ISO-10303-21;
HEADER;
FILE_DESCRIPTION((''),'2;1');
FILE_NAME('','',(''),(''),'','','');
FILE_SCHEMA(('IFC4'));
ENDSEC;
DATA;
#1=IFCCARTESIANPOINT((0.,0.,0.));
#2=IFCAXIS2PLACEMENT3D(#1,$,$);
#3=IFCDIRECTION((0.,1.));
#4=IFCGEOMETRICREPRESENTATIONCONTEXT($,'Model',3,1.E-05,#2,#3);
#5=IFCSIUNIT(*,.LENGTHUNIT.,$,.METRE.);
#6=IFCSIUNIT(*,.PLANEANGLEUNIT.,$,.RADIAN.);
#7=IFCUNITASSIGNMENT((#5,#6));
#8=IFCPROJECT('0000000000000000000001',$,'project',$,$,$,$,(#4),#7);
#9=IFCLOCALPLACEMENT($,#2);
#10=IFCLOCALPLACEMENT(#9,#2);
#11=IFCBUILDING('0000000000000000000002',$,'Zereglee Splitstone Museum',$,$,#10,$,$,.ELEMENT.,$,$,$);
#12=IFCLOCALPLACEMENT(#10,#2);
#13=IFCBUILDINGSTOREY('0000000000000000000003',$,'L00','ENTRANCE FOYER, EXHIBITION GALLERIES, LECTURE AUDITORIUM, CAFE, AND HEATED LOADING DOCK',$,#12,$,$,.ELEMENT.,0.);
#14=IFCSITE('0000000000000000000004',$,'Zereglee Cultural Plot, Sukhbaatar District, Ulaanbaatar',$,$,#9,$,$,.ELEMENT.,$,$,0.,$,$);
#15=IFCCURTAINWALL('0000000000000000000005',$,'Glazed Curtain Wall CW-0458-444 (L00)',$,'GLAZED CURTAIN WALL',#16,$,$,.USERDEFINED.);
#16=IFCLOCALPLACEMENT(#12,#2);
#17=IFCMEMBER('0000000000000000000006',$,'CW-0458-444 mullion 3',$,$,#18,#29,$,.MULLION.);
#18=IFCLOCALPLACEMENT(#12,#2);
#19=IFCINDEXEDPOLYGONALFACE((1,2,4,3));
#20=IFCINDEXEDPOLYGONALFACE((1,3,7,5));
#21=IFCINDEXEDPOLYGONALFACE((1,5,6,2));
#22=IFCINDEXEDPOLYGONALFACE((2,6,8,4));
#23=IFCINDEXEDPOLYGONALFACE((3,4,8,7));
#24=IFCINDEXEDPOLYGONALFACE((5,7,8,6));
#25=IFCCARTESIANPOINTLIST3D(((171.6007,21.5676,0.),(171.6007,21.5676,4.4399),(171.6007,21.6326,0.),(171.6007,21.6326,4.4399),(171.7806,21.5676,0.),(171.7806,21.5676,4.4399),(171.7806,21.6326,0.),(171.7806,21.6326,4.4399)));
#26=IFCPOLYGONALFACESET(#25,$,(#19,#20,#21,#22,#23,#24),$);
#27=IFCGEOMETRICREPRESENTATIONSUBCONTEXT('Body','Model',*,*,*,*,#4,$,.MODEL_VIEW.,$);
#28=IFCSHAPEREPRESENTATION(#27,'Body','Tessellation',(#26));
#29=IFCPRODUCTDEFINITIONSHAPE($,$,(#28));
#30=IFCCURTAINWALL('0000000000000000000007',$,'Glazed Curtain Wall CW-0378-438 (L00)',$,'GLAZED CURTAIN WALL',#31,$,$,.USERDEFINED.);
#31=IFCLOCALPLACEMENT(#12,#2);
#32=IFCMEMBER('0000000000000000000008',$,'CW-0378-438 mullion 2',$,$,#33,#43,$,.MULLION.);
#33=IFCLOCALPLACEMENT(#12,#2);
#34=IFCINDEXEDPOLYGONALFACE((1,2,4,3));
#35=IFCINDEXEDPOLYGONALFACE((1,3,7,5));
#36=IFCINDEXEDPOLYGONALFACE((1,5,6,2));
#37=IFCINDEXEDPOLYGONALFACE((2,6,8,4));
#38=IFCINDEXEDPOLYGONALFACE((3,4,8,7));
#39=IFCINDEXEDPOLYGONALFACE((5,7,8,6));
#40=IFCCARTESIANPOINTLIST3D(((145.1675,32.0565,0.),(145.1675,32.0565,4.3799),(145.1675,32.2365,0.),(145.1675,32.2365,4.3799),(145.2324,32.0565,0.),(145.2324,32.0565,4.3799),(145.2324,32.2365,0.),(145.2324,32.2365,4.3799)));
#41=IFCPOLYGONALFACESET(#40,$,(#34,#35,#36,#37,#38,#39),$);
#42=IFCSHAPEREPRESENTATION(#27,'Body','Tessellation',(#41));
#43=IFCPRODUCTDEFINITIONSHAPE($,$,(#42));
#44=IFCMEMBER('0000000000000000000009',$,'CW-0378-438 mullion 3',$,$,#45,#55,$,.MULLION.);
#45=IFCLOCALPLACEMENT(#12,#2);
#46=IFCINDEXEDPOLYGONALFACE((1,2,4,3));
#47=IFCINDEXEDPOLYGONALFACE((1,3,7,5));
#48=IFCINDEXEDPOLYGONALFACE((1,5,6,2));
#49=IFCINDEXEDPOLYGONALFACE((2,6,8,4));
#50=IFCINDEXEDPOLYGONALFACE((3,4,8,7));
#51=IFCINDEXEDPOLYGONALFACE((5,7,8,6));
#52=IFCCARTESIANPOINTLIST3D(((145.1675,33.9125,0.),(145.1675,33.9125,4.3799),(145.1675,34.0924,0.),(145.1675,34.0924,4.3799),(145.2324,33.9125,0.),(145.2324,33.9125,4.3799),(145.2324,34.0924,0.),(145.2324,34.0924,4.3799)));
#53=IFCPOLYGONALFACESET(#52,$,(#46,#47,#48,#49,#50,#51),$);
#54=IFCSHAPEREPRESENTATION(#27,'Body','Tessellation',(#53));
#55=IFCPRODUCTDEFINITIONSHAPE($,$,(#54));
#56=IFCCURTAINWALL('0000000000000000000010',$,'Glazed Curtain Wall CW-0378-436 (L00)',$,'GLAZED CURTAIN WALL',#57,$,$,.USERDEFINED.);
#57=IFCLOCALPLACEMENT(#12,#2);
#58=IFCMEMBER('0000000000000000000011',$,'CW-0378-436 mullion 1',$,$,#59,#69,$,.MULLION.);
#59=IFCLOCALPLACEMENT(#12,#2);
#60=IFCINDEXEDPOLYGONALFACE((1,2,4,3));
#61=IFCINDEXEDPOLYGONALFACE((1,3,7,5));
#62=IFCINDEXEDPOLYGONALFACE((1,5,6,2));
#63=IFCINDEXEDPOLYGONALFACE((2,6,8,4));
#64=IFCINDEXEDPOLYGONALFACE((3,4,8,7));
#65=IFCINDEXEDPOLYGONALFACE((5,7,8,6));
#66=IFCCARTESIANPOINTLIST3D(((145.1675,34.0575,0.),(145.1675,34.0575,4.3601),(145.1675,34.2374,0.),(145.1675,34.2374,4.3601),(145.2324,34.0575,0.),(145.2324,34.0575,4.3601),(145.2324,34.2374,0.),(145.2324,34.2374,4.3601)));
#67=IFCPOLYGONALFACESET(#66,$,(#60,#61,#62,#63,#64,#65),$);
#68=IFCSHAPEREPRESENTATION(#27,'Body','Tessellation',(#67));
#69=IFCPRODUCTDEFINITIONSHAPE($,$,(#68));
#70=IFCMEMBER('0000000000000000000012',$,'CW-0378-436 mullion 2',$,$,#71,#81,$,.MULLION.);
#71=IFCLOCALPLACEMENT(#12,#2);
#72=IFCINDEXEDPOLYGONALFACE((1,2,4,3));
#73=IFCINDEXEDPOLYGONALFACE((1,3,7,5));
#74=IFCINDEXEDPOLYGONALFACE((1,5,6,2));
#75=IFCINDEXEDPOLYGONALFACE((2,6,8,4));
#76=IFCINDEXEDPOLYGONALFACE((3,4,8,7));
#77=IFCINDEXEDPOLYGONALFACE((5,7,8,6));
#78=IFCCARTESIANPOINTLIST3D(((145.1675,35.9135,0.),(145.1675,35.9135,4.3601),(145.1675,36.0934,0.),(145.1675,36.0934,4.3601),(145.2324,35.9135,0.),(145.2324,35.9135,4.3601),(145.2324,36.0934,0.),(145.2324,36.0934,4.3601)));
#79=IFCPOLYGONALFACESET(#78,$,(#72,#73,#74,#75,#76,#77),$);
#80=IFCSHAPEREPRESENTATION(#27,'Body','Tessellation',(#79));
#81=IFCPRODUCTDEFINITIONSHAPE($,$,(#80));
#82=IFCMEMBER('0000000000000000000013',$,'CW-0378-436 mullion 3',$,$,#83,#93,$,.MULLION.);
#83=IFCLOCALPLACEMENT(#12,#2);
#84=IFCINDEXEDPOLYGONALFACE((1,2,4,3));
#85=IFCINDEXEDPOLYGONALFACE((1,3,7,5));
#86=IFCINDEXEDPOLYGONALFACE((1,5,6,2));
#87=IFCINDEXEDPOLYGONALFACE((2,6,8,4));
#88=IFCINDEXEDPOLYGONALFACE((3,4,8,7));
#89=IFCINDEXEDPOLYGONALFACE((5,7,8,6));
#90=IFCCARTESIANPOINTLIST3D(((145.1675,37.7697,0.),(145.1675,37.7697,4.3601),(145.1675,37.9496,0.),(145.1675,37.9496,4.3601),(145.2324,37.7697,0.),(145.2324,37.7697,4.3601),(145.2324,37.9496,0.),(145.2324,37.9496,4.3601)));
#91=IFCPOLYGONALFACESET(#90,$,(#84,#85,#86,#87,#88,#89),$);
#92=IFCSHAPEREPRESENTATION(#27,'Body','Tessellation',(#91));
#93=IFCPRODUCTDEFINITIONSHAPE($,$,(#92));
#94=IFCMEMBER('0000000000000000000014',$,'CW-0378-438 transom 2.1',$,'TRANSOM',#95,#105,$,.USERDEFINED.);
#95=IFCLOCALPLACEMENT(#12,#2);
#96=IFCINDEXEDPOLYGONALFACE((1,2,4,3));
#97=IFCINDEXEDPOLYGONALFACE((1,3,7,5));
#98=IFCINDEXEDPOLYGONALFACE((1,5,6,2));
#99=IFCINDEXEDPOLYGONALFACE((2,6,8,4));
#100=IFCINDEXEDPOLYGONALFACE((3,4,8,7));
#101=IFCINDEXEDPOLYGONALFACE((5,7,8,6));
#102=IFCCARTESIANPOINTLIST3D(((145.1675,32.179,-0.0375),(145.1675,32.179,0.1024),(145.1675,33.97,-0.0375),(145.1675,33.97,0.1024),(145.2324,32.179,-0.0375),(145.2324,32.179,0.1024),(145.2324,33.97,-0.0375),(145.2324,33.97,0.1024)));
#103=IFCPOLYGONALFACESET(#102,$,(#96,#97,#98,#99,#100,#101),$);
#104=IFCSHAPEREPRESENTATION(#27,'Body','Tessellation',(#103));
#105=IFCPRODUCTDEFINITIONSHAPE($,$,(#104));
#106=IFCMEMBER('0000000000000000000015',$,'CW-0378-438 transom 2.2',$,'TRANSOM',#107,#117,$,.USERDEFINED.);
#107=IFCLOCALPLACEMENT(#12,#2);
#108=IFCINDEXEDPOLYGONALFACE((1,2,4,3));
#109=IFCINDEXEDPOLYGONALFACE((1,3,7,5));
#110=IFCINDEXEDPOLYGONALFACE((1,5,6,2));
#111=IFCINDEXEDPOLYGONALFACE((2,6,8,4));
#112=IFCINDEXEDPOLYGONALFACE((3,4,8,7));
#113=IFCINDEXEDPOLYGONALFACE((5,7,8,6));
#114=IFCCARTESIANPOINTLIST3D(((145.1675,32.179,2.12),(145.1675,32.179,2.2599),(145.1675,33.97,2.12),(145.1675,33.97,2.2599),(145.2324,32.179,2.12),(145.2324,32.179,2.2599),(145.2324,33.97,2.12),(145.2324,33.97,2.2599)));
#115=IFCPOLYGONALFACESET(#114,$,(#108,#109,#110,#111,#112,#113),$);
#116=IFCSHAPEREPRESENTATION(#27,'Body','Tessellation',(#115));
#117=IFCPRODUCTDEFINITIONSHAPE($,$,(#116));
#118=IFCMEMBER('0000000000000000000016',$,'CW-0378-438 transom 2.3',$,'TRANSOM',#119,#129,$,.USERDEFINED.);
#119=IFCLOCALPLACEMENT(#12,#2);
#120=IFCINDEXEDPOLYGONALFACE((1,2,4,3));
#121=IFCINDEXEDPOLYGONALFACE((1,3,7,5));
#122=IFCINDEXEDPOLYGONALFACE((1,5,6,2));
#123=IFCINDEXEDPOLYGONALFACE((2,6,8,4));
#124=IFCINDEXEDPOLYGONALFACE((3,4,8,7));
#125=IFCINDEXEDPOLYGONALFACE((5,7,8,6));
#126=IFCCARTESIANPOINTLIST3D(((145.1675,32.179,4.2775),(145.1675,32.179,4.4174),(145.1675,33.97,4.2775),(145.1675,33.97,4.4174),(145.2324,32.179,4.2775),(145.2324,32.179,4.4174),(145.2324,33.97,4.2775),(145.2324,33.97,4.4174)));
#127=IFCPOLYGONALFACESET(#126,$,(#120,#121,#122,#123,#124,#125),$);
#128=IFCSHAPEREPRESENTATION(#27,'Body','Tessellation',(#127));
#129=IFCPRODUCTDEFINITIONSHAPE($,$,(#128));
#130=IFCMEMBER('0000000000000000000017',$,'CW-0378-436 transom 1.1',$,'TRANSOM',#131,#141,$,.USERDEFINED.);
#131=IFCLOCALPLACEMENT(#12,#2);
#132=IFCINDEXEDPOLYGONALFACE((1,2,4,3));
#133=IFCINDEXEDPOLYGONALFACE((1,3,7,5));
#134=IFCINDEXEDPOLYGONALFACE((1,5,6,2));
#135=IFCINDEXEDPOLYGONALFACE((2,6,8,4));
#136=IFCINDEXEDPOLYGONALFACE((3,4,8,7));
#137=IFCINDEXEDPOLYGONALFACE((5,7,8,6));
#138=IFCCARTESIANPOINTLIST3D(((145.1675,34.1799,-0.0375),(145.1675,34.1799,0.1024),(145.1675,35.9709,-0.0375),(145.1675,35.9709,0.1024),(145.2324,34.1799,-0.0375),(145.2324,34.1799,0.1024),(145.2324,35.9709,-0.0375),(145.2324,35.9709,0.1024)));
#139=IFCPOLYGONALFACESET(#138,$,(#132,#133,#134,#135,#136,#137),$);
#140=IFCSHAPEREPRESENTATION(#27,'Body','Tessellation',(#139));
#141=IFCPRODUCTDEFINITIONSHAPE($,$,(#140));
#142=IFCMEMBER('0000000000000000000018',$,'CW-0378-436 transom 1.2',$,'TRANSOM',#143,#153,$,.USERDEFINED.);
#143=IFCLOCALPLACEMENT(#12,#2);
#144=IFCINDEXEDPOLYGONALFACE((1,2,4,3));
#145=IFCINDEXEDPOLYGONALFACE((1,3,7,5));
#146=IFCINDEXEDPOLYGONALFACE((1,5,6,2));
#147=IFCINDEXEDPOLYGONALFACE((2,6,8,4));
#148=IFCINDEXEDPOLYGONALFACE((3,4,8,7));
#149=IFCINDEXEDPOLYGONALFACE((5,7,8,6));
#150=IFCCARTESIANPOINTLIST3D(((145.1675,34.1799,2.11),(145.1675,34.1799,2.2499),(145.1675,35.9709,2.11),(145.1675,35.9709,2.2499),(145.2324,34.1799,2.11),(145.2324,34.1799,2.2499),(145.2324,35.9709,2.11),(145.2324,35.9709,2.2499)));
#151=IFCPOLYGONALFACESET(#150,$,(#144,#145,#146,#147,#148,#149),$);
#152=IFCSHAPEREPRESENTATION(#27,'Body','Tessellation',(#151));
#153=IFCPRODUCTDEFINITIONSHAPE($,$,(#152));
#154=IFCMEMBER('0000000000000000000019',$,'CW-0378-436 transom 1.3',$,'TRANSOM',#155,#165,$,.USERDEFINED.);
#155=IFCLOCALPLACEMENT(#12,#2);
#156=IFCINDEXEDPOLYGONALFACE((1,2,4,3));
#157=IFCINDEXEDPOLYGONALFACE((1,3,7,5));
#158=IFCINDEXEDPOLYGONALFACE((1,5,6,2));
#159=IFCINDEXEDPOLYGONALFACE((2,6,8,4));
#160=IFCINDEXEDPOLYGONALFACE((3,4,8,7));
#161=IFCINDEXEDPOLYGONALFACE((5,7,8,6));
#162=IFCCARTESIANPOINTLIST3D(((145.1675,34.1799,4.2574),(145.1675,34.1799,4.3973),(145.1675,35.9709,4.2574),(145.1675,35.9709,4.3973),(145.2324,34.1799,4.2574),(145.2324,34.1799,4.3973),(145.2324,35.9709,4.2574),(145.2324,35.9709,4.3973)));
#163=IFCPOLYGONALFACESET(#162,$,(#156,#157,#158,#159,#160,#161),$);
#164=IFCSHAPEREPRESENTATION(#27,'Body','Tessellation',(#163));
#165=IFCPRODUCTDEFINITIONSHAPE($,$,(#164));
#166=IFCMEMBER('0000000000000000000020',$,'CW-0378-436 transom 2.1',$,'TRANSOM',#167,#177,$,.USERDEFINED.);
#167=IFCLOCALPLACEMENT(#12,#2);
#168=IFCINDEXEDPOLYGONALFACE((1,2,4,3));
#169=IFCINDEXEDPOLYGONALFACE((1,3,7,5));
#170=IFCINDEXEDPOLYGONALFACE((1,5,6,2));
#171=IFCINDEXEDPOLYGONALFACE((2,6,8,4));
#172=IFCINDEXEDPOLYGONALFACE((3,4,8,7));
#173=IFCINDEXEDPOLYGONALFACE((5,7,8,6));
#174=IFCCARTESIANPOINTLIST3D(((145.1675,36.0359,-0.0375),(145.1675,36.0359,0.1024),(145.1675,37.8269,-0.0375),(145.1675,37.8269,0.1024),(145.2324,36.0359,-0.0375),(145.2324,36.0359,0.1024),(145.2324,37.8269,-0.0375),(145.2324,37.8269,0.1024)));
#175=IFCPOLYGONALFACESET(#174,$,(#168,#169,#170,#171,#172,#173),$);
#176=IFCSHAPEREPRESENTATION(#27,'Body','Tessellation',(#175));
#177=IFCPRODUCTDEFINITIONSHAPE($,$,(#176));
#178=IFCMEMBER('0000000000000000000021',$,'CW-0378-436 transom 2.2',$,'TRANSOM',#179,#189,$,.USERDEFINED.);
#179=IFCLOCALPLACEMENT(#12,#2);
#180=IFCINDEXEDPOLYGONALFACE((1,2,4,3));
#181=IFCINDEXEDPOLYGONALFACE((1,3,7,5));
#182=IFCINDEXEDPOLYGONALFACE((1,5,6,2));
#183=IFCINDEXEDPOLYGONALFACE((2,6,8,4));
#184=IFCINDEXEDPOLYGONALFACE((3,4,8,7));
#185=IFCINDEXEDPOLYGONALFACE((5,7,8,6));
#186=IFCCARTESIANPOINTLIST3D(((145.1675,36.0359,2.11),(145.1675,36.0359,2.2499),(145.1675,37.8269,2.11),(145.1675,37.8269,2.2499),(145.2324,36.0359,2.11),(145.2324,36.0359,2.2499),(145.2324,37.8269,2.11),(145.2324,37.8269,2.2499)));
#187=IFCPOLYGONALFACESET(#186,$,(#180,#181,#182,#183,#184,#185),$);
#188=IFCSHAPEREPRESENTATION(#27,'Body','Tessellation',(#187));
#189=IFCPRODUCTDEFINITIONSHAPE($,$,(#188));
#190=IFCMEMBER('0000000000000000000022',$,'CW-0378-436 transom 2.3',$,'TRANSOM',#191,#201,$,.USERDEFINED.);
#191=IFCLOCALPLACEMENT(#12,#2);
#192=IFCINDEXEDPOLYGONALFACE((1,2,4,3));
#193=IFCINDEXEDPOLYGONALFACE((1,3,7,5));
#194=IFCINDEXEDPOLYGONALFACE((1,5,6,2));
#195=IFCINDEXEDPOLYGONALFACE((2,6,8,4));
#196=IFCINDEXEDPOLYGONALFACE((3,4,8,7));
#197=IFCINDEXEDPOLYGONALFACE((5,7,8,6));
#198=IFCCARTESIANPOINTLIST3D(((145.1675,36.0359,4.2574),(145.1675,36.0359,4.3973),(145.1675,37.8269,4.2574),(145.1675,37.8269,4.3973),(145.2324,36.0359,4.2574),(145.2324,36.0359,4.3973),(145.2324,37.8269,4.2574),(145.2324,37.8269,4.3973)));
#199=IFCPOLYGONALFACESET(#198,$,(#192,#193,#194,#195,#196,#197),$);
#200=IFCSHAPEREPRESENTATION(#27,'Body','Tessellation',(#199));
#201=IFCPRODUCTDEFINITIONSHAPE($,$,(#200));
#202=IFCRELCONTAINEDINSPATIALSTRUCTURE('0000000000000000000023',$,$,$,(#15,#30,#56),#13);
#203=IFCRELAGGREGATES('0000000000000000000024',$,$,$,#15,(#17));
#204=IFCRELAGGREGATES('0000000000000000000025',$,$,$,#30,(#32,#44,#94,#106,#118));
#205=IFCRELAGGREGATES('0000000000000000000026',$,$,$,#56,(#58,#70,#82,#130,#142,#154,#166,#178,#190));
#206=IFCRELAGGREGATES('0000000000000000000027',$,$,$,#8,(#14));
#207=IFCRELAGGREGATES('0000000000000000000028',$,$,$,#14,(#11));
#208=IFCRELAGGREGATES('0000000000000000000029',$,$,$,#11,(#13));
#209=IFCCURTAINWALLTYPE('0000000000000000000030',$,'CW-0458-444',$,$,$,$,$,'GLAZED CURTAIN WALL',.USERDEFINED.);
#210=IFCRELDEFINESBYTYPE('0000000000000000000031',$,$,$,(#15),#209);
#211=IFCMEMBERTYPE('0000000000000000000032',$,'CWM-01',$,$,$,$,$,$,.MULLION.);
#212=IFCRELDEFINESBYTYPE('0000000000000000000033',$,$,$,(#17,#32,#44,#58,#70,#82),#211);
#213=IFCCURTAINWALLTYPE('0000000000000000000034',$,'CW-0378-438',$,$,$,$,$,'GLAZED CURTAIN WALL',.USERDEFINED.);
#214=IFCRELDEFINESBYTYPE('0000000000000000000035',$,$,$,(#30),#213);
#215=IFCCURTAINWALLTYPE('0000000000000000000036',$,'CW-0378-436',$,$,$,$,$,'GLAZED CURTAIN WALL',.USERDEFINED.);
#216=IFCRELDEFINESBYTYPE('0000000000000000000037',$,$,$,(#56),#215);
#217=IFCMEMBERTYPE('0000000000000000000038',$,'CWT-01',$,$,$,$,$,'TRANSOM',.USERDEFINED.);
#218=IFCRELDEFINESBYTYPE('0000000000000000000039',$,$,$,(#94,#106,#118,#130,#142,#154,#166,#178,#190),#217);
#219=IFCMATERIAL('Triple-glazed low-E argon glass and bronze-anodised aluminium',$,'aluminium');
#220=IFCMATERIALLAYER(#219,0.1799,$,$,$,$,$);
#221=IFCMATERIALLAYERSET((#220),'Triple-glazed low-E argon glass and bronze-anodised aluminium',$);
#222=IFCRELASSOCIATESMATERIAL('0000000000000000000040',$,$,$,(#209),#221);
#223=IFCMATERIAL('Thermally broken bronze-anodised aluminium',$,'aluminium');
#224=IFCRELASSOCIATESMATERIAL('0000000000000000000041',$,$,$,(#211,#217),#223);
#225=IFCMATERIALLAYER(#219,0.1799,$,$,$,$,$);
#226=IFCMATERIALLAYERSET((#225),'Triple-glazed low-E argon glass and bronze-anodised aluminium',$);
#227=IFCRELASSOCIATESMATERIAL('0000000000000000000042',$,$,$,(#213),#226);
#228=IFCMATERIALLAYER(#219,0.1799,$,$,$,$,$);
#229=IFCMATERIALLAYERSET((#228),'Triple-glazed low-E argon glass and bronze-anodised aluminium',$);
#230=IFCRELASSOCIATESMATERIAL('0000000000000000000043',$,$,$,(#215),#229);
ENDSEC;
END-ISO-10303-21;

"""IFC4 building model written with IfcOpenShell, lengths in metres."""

from ifc_helpers import new_model, si_unit, direction, frame, origin, origin_2d, place, context, subcontext, project, spatial, rectangle, extrude, material, layer, layer_set, material_profile, profile_set, type_object, element, aggregate, save


model = new_model("IFC4")

# Units and contexts
model_context = context("Model", 3, precision=1e-05, world=origin(), true_north=direction((0.0, 1.0)))
body_context = subcontext(model_context, "Body", "Model", "MODEL_VIEW")
ifc_project = project(units=[si_unit("LENGTHUNIT", "METRE"), si_unit("PLANEANGLEUNIT", "RADIAN")], contexts=[model_context])

# Site, building, storey
site_placement = place(None, origin())
site = spatial("IfcSite", under=ifc_project, at=site_placement, Name="Zereglee Cultural Plot, Sukhbaatar District, Ulaanbaatar", CompositionType="ELEMENT", RefElevation=0.0)
building_placement = place(site_placement, origin())
building = spatial("IfcBuilding", under=site, at=building_placement, Name="Zereglee Splitstone Museum", CompositionType="ELEMENT")
storey_placement = place(building_placement, origin())
storey = spatial("IfcBuildingStorey", under=building, at=storey_placement, Name="L00", Description="ENTRANCE FOYER, EXHIBITION GALLERIES, LECTURE AUDITORIUM, CAFE, AND HEATED LOADING DOCK", CompositionType="ELEMENT", Elevation=0.0)

# Curtain wall, member
ifc_material_1 = material(Name="Triple-glazed low-E argon glass and bronze-anodised aluminium", Category="aluminium")
ifc_layer_1 = layer(ifc_material_1, 0.1799)
ifc_layer_set_1 = layer_set([ifc_layer_1], Name="Triple-glazed low-E argon glass and bronze-anodised aluminium")
curtain_wall_type_1 = type_object("IfcCurtainWallType", Name="CW-0458-444", ElementType="GLAZED CURTAIN WALL", PredefinedType="USERDEFINED", material=ifc_layer_set_1)
curtain_wall_1_placement = place(storey_placement, origin())
curtain_wall_1 = element("IfcCurtainWall", 1, at=curtain_wall_1_placement, inside=storey, type_object=curtain_wall_type_1, Name="Glazed Curtain Wall CW-0458-444 (L00)", ObjectType="GLAZED CURTAIN WALL", PredefinedType="USERDEFINED")
ifc_material_2 = material(Name="Thermally broken bronze-anodised aluminium", Category="aluminium")
ifc_material_profile_1 = material_profile(ifc_material_2, rectangle(XDim=0.0649, YDim=0.1799, at=origin_2d()), Name="CW MULL 65x180")
ifc_profile_set_1 = profile_set([ifc_material_profile_1], Name="Thermally broken bronze-anodised aluminium")
member_type_1 = type_object("IfcMemberType", Name="CWM-01", PredefinedType="MULLION", material=ifc_profile_set_1)
member_1_placement = place(storey_placement, frame((171.6907, 21.6001, 0.0), z_axis=(0.0, 0.0, 1.0), x_axis=(0.0, -1.0, 0.0)))
member_1 = element("IfcMember", 2, at=member_1_placement, type_object=member_type_1, Name="CW-0458-444 mullion 3", PredefinedType="MULLION", context=body_context, shape_type="SweptSolid", body=[
    extrude(rectangle(XDim=0.0649, YDim=0.1799, at=origin_2d()), origin(), (0.0, 0.0, 1.0), 4.4399),
])
aggregate(curtain_wall_1, [member_1])

# Curtain walls, members
ifc_layer_2 = layer(ifc_material_1, 0.1799)
ifc_layer_set_2 = layer_set([ifc_layer_2], Name="Triple-glazed low-E argon glass and bronze-anodised aluminium")
curtain_wall_type_2 = type_object("IfcCurtainWallType", Name="CW-0378-438", ElementType="GLAZED CURTAIN WALL", PredefinedType="USERDEFINED", material=ifc_layer_set_2)
curtain_wall_2_placement = place(storey_placement, origin())
curtain_wall_2 = element("IfcCurtainWall", 3, at=curtain_wall_2_placement, inside=storey, type_object=curtain_wall_type_2, Name="Glazed Curtain Wall CW-0378-438 (L00)", ObjectType="GLAZED CURTAIN WALL", PredefinedType="USERDEFINED")
member_2_placement = place(storey_placement, frame((145.2, 32.1465, 0.0), z_axis=(0.0, 0.0, 1.0), x_axis=(-1.0, 0.0, 0.0)))
member_2 = element("IfcMember", 4, at=member_2_placement, type_object=member_type_1, Name="CW-0378-438 mullion 2", PredefinedType="MULLION", context=body_context, shape_type="SweptSolid", body=[
    extrude(rectangle(XDim=0.0649, YDim=0.1799, at=origin_2d()), origin(), (0.0, 0.0, 1.0), 4.3799),
])
member_3_placement = place(storey_placement, frame((145.2, 34.0024, 0.0), z_axis=(0.0, 0.0, 1.0), x_axis=(-1.0, 0.0, 0.0)))
member_3 = element("IfcMember", 5, at=member_3_placement, type_object=member_type_1, Name="CW-0378-438 mullion 3", PredefinedType="MULLION", context=body_context, shape_type="SweptSolid", body=[
    extrude(rectangle(XDim=0.0649, YDim=0.1799, at=origin_2d()), origin(), (0.0, 0.0, 1.0), 4.3799),
])
ifc_layer_3 = layer(ifc_material_1, 0.1799)
ifc_layer_set_3 = layer_set([ifc_layer_3], Name="Triple-glazed low-E argon glass and bronze-anodised aluminium")
curtain_wall_type_3 = type_object("IfcCurtainWallType", Name="CW-0378-436", ElementType="GLAZED CURTAIN WALL", PredefinedType="USERDEFINED", material=ifc_layer_set_3)
curtain_wall_3_placement = place(storey_placement, origin())
curtain_wall_3 = element("IfcCurtainWall", 6, at=curtain_wall_3_placement, inside=storey, type_object=curtain_wall_type_3, Name="Glazed Curtain Wall CW-0378-436 (L00)", ObjectType="GLAZED CURTAIN WALL", PredefinedType="USERDEFINED")
member_4_placement = place(storey_placement, frame((145.2, 34.1475, 0.0), z_axis=(0.0, 0.0, 1.0), x_axis=(-1.0, 0.0, 0.0)))
member_4 = element("IfcMember", 7, at=member_4_placement, type_object=member_type_1, Name="CW-0378-436 mullion 1", PredefinedType="MULLION", context=body_context, shape_type="SweptSolid", body=[
    extrude(rectangle(XDim=0.0649, YDim=0.1799, at=origin_2d()), origin(), (0.0, 0.0, 1.0), 4.3601),
])
member_5_placement = place(storey_placement, frame((145.2, 36.0034, 0.0), z_axis=(0.0, 0.0, 1.0), x_axis=(-1.0, 0.0, 0.0)))
member_5 = element("IfcMember", 8, at=member_5_placement, type_object=member_type_1, Name="CW-0378-436 mullion 2", PredefinedType="MULLION", context=body_context, shape_type="SweptSolid", body=[
    extrude(rectangle(XDim=0.0649, YDim=0.1799, at=origin_2d()), origin(), (0.0, 0.0, 1.0), 4.3601),
])
member_6_placement = place(storey_placement, frame((145.2, 37.8596, 0.0), z_axis=(0.0, 0.0, 1.0), x_axis=(-1.0, 0.0, 0.0)))
member_6 = element("IfcMember", 9, at=member_6_placement, type_object=member_type_1, Name="CW-0378-436 mullion 3", PredefinedType="MULLION", context=body_context, shape_type="SweptSolid", body=[
    extrude(rectangle(XDim=0.0649, YDim=0.1799, at=origin_2d()), origin(), (0.0, 0.0, 1.0), 4.3601),
])

# Members
ifc_material_profile_2 = material_profile(ifc_material_2, rectangle(XDim=0.0649, YDim=0.1399, at=origin_2d()), Name="CW TRAN 65x140")
ifc_profile_set_2 = profile_set([ifc_material_profile_2], Name="Thermally broken bronze-anodised aluminium")
member_type_2 = type_object("IfcMemberType", Name="CWT-01", ElementType="TRANSOM", PredefinedType="USERDEFINED", material=ifc_profile_set_2)
member_7_placement = place(storey_placement, frame((145.2, 32.179, 0.0325), z_axis=(0.0, 1.0, 0.0), x_axis=(-1.0, 0.0, 0.0)))
member_7 = element("IfcMember", 10, at=member_7_placement, type_object=member_type_2, Name="CW-0378-438 transom 2.1", ObjectType="TRANSOM", PredefinedType="USERDEFINED", context=body_context, shape_type="SweptSolid", body=[
    extrude(rectangle(XDim=0.0649, YDim=0.1399, at=origin_2d()), origin(), (0.0, 0.0, 1.0), 1.791),
])
member_8_placement = place(storey_placement, frame((145.2, 32.179, 2.1899), z_axis=(0.0, 1.0, 0.0), x_axis=(-1.0, 0.0, 0.0)))
member_8 = element("IfcMember", 11, at=member_8_placement, type_object=member_type_2, Name="CW-0378-438 transom 2.2", ObjectType="TRANSOM", PredefinedType="USERDEFINED", context=body_context, shape_type="SweptSolid", body=[
    extrude(rectangle(XDim=0.0649, YDim=0.1399, at=origin_2d()), origin(), (0.0, 0.0, 1.0), 1.791),
])
member_9_placement = place(storey_placement, frame((145.2, 32.179, 4.3474), z_axis=(0.0, 1.0, 0.0), x_axis=(-1.0, 0.0, 0.0)))
member_9 = element("IfcMember", 12, at=member_9_placement, type_object=member_type_2, Name="CW-0378-438 transom 2.3", ObjectType="TRANSOM", PredefinedType="USERDEFINED", context=body_context, shape_type="SweptSolid", body=[
    extrude(rectangle(XDim=0.0649, YDim=0.1399, at=origin_2d()), origin(), (0.0, 0.0, 1.0), 1.791),
])
member_10_placement = place(storey_placement, frame((145.2, 34.1799, 0.0325), z_axis=(0.0, 1.0, 0.0), x_axis=(-1.0, 0.0, 0.0)))
member_10 = element("IfcMember", 13, at=member_10_placement, type_object=member_type_2, Name="CW-0378-436 transom 1.1", ObjectType="TRANSOM", PredefinedType="USERDEFINED", context=body_context, shape_type="SweptSolid", body=[
    extrude(rectangle(XDim=0.0649, YDim=0.1399, at=origin_2d()), origin(), (0.0, 0.0, 1.0), 1.791),
])
member_11_placement = place(storey_placement, frame((145.2, 34.1799, 2.1799), z_axis=(0.0, 1.0, 0.0), x_axis=(-1.0, 0.0, 0.0)))
member_11 = element("IfcMember", 14, at=member_11_placement, type_object=member_type_2, Name="CW-0378-436 transom 1.2", ObjectType="TRANSOM", PredefinedType="USERDEFINED", context=body_context, shape_type="SweptSolid", body=[
    extrude(rectangle(XDim=0.0649, YDim=0.1399, at=origin_2d()), origin(), (0.0, 0.0, 1.0), 1.791),
])
member_12_placement = place(storey_placement, frame((145.2, 34.1799, 4.3274), z_axis=(0.0, 1.0, 0.0), x_axis=(-1.0, 0.0, 0.0)))
member_12 = element("IfcMember", 15, at=member_12_placement, type_object=member_type_2, Name="CW-0378-436 transom 1.3", ObjectType="TRANSOM", PredefinedType="USERDEFINED", context=body_context, shape_type="SweptSolid", body=[
    extrude(rectangle(XDim=0.0649, YDim=0.1399, at=origin_2d()), origin(), (0.0, 0.0, 1.0), 1.791),
])
member_13_placement = place(storey_placement, frame((145.2, 36.0359, 0.0325), z_axis=(0.0, 1.0, 0.0), x_axis=(-1.0, 0.0, 0.0)))
member_13 = element("IfcMember", 16, at=member_13_placement, type_object=member_type_2, Name="CW-0378-436 transom 2.1", ObjectType="TRANSOM", PredefinedType="USERDEFINED", context=body_context, shape_type="SweptSolid", body=[
    extrude(rectangle(XDim=0.0649, YDim=0.1399, at=origin_2d()), origin(), (0.0, 0.0, 1.0), 1.791),
])
member_14_placement = place(storey_placement, frame((145.2, 36.0359, 2.1799), z_axis=(0.0, 1.0, 0.0), x_axis=(-1.0, 0.0, 0.0)))
member_14 = element("IfcMember", 17, at=member_14_placement, type_object=member_type_2, Name="CW-0378-436 transom 2.2", ObjectType="TRANSOM", PredefinedType="USERDEFINED", context=body_context, shape_type="SweptSolid", body=[
    extrude(rectangle(XDim=0.0649, YDim=0.1399, at=origin_2d()), origin(), (0.0, 0.0, 1.0), 1.791),
])
member_15_placement = place(storey_placement, frame((145.2, 36.0359, 4.3274), z_axis=(0.0, 1.0, 0.0), x_axis=(-1.0, 0.0, 0.0)))
member_15 = element("IfcMember", 18, at=member_15_placement, type_object=member_type_2, Name="CW-0378-436 transom 2.3", ObjectType="TRANSOM", PredefinedType="USERDEFINED", context=body_context, shape_type="SweptSolid", body=[
    extrude(rectangle(XDim=0.0649, YDim=0.1399, at=origin_2d()), origin(), (0.0, 0.0, 1.0), 1.791),
])

aggregate(curtain_wall_2, [member_2, member_3, member_7, member_8, member_9])
aggregate(curtain_wall_3, [member_4, member_5, member_6, member_10, member_11, member_12, member_13, member_14, member_15])

save(model, "model.ifc")
